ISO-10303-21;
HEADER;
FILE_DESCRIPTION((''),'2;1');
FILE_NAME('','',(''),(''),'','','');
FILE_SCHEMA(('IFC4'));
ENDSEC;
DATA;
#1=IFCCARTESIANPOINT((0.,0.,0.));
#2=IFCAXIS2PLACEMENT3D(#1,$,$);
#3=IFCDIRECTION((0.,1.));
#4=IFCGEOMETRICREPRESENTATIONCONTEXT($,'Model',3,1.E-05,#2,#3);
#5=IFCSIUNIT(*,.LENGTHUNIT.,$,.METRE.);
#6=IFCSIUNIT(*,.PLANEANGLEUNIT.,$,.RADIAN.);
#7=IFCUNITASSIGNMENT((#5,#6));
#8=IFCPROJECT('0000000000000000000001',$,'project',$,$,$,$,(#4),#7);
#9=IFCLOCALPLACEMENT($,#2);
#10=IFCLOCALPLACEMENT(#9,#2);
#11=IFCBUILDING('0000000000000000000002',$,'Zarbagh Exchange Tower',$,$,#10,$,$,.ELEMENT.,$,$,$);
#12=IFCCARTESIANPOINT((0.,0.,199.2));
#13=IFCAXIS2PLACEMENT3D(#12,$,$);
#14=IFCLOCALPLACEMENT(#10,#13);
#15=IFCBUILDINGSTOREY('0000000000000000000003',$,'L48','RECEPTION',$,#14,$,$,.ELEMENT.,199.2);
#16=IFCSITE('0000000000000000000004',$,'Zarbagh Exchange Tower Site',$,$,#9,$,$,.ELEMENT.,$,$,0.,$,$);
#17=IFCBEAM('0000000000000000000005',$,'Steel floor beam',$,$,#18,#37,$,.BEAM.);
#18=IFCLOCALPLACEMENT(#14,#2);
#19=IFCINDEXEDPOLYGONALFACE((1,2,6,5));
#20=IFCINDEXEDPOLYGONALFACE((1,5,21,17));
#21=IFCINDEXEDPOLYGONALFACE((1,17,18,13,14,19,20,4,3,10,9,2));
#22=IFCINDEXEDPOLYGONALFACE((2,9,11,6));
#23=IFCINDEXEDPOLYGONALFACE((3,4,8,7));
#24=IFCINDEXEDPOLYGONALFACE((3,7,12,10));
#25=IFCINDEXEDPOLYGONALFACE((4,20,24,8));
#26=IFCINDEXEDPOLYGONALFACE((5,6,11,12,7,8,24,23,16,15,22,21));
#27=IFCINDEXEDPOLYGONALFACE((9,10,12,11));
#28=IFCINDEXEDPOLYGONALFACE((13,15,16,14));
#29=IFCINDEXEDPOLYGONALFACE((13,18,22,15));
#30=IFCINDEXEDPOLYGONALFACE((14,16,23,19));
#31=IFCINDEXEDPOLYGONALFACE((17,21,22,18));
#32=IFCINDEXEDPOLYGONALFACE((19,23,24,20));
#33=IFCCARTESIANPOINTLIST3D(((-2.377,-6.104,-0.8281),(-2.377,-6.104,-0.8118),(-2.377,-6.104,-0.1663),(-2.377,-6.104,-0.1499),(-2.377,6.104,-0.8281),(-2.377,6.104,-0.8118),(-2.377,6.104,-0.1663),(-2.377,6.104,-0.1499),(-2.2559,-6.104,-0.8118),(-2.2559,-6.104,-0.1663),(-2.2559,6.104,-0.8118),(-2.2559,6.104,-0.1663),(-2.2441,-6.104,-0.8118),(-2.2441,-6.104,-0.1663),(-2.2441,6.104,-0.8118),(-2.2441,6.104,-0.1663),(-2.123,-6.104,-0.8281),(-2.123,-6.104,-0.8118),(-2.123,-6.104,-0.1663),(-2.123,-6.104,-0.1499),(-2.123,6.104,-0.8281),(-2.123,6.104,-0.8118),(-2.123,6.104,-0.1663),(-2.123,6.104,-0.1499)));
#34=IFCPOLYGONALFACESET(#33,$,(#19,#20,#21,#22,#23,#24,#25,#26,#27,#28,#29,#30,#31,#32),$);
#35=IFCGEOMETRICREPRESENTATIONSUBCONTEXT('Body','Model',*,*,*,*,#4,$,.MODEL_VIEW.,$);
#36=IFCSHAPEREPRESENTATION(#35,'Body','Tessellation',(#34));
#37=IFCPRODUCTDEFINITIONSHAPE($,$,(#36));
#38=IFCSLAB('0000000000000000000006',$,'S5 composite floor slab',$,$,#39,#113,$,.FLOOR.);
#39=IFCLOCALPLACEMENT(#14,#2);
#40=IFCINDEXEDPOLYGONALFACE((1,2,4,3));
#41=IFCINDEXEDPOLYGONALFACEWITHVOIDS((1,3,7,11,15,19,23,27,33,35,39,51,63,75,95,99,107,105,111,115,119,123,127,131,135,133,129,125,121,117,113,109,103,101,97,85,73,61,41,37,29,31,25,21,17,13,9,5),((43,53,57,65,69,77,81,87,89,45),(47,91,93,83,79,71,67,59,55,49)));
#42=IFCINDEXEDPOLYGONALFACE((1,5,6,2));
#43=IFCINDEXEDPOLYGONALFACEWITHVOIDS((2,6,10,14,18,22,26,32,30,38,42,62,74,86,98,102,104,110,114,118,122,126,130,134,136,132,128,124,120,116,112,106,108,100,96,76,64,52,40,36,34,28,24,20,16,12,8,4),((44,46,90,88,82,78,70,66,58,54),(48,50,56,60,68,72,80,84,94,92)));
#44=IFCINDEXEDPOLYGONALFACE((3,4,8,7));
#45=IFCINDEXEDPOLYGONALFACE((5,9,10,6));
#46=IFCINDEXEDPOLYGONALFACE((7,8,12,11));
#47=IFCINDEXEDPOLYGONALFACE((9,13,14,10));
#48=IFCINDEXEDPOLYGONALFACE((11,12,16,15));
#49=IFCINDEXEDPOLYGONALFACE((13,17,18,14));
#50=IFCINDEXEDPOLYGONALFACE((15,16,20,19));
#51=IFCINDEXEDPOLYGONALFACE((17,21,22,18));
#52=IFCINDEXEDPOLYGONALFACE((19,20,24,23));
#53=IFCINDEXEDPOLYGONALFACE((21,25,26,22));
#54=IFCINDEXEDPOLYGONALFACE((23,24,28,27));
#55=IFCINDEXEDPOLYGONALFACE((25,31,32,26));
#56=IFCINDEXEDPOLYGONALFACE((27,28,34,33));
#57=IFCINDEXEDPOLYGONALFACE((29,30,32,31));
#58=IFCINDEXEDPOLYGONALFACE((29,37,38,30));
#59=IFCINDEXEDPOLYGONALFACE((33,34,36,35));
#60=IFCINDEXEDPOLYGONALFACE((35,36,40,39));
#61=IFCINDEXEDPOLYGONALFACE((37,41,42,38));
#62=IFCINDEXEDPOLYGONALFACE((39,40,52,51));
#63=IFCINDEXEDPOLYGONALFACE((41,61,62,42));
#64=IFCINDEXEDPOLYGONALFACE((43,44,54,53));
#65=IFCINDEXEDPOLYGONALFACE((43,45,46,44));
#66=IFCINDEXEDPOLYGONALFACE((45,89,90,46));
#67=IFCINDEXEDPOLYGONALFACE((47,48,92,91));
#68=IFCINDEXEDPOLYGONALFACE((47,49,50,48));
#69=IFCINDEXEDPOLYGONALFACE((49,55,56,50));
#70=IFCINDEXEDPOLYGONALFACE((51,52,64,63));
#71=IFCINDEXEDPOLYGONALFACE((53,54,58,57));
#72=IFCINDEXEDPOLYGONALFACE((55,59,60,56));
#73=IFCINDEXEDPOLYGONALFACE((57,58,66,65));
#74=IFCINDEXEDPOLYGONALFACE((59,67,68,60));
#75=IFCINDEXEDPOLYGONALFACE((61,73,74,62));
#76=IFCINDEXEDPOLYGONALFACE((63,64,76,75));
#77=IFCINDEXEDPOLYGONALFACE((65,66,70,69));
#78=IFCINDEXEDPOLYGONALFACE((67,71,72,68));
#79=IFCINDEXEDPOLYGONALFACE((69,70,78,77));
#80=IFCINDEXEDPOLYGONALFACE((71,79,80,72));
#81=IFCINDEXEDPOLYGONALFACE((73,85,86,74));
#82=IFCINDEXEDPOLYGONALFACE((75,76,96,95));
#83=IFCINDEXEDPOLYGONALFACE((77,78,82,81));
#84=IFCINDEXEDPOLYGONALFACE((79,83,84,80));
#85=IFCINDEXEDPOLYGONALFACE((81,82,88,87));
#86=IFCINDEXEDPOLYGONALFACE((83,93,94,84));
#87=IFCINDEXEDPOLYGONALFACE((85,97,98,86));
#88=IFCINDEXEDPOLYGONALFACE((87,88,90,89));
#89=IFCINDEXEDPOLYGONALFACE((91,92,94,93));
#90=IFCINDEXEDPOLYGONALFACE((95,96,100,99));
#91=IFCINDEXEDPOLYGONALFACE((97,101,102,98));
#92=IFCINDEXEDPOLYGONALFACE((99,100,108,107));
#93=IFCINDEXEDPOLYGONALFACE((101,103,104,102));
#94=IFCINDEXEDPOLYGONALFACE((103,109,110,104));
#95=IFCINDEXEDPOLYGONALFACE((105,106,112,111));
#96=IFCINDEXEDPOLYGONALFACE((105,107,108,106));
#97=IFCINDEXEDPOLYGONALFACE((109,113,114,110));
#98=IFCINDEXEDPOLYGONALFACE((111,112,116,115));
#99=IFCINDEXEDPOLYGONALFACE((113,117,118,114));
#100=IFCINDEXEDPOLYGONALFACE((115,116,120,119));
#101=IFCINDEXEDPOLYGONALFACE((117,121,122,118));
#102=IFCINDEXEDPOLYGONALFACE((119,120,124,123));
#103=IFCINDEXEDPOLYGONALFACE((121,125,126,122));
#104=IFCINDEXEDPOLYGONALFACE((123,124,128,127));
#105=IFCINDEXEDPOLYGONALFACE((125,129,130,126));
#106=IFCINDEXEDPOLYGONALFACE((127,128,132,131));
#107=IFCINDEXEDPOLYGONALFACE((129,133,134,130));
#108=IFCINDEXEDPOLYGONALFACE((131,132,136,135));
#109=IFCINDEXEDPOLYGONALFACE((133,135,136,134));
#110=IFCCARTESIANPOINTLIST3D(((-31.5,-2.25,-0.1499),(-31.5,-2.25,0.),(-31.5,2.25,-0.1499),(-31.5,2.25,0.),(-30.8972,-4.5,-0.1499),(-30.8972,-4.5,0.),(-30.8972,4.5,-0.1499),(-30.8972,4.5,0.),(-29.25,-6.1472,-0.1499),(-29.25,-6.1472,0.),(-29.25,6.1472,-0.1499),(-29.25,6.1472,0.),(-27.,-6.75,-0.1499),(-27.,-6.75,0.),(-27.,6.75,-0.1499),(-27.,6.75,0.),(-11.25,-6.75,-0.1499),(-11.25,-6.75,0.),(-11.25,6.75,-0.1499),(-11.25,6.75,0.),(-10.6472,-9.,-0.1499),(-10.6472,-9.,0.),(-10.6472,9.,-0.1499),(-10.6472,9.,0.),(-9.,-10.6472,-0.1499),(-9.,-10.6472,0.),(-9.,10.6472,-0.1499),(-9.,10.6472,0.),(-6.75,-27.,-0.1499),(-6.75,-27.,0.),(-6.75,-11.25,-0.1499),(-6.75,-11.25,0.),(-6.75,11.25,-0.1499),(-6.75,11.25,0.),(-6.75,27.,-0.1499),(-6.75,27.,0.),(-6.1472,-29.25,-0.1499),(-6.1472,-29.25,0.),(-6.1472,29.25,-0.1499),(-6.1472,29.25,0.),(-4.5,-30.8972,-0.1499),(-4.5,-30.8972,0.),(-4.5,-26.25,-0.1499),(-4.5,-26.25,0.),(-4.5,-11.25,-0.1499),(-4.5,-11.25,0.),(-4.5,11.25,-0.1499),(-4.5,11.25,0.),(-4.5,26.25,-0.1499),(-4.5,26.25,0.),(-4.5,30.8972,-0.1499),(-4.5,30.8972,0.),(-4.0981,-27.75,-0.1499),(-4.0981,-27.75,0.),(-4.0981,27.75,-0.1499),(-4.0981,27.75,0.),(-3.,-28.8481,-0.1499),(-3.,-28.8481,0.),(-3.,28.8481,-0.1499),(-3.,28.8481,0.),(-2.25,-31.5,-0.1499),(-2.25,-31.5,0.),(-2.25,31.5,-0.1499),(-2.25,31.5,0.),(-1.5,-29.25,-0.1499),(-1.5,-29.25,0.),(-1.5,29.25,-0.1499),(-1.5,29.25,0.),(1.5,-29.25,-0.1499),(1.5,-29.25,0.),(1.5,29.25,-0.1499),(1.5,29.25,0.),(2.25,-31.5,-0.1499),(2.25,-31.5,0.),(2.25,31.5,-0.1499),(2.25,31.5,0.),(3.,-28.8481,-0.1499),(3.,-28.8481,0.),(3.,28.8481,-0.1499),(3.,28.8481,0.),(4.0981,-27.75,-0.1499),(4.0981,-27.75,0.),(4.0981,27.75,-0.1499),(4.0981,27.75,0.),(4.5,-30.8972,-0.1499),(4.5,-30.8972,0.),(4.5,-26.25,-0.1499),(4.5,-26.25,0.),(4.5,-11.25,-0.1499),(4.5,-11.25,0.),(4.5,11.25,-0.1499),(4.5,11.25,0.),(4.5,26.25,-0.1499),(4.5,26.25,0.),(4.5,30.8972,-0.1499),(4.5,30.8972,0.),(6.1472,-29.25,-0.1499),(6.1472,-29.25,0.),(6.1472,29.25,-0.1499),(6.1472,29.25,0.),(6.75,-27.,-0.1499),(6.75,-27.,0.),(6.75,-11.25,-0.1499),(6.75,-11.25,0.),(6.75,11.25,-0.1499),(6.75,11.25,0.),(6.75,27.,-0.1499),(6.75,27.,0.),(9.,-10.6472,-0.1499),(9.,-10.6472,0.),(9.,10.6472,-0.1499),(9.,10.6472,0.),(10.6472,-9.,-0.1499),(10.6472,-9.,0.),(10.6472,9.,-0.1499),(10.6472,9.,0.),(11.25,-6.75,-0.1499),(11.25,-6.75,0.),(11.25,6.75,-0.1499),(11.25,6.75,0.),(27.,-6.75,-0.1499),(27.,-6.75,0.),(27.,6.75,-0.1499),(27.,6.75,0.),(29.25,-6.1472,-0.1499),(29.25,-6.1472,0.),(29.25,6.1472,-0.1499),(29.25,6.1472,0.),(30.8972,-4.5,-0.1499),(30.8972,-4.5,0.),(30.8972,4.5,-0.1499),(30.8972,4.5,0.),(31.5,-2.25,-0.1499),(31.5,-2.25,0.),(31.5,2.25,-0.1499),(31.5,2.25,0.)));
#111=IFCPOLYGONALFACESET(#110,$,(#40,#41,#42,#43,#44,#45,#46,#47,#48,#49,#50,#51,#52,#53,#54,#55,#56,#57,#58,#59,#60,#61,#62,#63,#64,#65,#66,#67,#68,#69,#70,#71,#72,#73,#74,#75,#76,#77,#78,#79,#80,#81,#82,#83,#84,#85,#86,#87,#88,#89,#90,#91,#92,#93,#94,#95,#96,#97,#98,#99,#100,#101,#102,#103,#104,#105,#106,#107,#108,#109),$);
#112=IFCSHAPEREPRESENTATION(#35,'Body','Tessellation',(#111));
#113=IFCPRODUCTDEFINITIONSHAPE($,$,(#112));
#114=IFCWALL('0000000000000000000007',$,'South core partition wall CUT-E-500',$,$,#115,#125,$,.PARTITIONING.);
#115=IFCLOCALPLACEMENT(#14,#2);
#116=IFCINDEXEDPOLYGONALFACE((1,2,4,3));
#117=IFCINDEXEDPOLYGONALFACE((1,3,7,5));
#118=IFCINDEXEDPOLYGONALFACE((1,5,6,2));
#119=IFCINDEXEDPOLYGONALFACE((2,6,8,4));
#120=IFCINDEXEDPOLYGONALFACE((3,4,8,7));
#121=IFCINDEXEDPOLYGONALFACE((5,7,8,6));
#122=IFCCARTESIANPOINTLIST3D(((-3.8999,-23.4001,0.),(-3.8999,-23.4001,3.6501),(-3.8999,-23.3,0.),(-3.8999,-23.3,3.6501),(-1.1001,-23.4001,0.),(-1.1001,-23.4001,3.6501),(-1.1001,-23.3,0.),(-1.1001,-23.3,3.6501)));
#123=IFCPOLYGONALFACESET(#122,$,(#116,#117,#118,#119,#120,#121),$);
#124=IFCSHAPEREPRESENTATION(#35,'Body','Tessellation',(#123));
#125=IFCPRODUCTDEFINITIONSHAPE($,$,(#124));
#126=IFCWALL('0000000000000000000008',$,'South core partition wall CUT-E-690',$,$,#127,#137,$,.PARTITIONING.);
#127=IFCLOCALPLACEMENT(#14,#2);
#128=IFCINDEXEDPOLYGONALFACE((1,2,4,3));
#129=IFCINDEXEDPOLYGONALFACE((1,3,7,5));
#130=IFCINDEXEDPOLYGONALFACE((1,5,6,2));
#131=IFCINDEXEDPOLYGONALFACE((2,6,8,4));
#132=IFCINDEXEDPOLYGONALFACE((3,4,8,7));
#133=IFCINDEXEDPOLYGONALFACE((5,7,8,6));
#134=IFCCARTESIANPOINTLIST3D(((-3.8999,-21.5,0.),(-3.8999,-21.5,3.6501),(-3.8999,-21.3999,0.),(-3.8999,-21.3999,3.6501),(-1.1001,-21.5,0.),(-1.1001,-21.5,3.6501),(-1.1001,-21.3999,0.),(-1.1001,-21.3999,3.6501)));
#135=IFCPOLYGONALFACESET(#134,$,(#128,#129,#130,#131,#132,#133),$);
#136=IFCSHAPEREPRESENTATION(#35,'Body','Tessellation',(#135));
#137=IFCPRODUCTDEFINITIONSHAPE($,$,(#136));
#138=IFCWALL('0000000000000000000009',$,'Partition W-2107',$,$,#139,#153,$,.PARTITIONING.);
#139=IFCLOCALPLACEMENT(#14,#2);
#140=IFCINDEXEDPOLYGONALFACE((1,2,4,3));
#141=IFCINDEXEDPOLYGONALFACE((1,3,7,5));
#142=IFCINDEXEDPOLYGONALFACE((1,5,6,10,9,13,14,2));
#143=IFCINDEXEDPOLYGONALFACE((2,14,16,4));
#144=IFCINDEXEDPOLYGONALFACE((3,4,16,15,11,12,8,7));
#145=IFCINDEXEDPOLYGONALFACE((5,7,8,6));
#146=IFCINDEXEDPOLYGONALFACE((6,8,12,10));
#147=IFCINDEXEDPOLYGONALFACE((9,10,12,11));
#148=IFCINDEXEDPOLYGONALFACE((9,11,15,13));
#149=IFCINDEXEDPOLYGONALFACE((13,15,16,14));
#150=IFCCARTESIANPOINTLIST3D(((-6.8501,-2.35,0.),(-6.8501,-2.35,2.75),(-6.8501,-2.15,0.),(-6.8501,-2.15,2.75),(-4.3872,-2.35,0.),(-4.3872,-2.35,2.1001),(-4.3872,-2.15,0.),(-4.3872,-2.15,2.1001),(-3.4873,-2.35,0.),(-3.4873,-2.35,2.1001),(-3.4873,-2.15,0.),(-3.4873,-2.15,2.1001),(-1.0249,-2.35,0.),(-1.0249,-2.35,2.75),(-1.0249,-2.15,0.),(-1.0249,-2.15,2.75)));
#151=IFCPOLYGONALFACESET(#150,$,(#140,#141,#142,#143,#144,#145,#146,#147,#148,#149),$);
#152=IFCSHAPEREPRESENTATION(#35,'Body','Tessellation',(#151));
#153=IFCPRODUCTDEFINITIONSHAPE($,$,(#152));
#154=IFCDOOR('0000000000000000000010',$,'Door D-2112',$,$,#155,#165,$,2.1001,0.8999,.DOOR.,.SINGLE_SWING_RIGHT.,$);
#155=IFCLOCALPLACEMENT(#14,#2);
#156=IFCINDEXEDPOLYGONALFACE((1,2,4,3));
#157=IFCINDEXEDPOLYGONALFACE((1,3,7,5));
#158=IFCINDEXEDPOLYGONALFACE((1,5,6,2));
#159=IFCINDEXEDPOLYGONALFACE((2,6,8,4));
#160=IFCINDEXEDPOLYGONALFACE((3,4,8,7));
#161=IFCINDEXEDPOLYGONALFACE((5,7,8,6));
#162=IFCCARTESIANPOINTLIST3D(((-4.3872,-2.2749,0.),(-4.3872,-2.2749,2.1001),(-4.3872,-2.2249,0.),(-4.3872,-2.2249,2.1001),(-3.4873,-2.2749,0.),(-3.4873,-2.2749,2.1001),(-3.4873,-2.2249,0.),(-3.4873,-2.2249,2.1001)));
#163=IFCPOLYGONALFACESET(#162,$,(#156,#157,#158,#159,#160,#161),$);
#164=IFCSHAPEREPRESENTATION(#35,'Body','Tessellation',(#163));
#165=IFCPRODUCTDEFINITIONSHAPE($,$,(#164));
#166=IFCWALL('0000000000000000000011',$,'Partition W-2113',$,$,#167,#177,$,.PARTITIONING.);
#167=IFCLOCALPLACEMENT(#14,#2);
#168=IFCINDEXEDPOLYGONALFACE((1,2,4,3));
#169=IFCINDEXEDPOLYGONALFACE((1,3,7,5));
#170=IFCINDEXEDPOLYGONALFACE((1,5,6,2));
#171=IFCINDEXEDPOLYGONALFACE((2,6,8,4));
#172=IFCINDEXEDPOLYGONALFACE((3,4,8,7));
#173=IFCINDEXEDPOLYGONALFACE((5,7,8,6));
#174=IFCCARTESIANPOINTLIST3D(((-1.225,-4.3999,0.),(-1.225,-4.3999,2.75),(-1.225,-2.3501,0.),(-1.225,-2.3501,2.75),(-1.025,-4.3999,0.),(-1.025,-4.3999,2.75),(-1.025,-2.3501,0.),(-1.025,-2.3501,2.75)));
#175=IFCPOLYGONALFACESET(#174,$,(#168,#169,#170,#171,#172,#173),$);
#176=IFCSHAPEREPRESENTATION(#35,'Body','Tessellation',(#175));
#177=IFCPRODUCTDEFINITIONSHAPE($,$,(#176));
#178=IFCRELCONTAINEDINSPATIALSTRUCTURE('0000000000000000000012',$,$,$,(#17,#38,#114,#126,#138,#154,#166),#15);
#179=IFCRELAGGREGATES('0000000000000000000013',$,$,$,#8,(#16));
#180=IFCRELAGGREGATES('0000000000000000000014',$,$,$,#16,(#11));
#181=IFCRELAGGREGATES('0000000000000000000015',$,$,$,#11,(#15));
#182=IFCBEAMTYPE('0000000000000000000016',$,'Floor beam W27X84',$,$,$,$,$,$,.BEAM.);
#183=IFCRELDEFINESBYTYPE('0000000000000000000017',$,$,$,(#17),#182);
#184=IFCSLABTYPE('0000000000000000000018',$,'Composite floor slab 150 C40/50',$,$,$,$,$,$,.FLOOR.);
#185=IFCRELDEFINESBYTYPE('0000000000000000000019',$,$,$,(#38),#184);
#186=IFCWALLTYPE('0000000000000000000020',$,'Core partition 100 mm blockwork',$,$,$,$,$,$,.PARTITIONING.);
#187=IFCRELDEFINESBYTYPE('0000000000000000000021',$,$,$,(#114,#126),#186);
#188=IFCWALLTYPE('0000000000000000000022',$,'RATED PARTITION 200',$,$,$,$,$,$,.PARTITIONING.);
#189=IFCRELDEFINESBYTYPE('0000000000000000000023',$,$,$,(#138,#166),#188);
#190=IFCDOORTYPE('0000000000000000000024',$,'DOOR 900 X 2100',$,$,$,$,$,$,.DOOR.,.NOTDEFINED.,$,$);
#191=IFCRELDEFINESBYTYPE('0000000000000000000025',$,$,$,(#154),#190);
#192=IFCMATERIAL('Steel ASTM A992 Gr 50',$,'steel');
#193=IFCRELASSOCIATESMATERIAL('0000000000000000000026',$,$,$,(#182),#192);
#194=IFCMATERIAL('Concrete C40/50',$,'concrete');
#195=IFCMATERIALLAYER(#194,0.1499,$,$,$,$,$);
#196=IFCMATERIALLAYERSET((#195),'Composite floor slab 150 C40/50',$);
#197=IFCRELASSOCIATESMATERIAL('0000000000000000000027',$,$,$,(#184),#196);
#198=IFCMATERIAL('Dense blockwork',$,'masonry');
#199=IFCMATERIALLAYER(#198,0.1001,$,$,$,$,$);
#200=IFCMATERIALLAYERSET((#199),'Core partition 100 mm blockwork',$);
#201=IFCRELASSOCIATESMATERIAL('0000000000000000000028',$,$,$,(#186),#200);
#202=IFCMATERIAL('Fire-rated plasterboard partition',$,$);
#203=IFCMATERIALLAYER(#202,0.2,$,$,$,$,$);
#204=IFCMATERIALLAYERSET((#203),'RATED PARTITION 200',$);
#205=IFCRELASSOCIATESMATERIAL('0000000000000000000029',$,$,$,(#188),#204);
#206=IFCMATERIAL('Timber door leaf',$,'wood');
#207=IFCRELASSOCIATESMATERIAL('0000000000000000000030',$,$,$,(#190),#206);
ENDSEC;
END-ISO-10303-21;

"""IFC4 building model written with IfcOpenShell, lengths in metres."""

from ifc_helpers import new_model, si_unit, direction, frame, frame_2d, origin, origin_2d, place, context, subcontext, project, spatial, polyline, rectangle, i_section, outline, extrude, material, layer, layer_set, material_profile, profile_set, type_object, element, fill, save


model = new_model("IFC4")

# Units and contexts
model_context = context("Model", 3, precision=1e-05, world=origin(), true_north=direction((0.0, 1.0)))
body_context = subcontext(model_context, "Body", "Model", "MODEL_VIEW")
ifc_project = project(units=[si_unit("LENGTHUNIT", "METRE"), si_unit("PLANEANGLEUNIT", "RADIAN")], contexts=[model_context])

# Site, building, storey
site_placement = place(None, origin())
site = spatial("IfcSite", under=ifc_project, at=site_placement, Name="Zarbagh Exchange Tower Site", CompositionType="ELEMENT", RefElevation=0.0)
building_placement = place(site_placement, origin())
building = spatial("IfcBuilding", under=site, at=building_placement, Name="Zarbagh Exchange Tower", CompositionType="ELEMENT")
storey_placement = place(building_placement, frame((0.0, 0.0, 199.2)))
storey = spatial("IfcBuildingStorey", under=building, at=storey_placement, Name="L48", Description="RECEPTION", CompositionType="ELEMENT", Elevation=199.2)

# Beam
ifc_material_1 = material(Name="Steel ASTM A992 Gr 50", Category="steel")
ifc_material_profile = material_profile(ifc_material_1, i_section(OverallWidth=0.2539, OverallDepth=0.6782, WebThickness=0.0117, FlangeThickness=0.0164, at=origin_2d()), Name="W27X84")
ifc_profile_set = profile_set([ifc_material_profile], Name="Steel ASTM A992 Gr 50")
beam_type = type_object("IfcBeamType", Name="Floor beam W27X84", PredefinedType="BEAM", material=ifc_profile_set)
beam_placement = place(storey_placement, frame((-2.25, -6.104, -0.489), z_axis=(0.0, 1.0, 0.0), x_axis=(-1.0, 0.0, 0.0)))
element("IfcBeam", 1, at=beam_placement, inside=storey, type_object=beam_type, Name="Steel floor beam", PredefinedType="BEAM", context=body_context, shape_type="SweptSolid", body=[
    extrude(i_section(OverallWidth=0.2539, OverallDepth=0.6782, WebThickness=0.0117, FlangeThickness=0.0164, at=origin_2d()), origin(), (0.0, 0.0, 1.0), 12.208),
])

# Slab
ifc_material_2 = material(Name="Concrete C40/50", Category="concrete")
ifc_layer_1 = layer(ifc_material_2, 0.1499)
ifc_layer_set_1 = layer_set([ifc_layer_1], Name="Composite floor slab 150 C40/50")
slab_type = type_object("IfcSlabType", Name="Composite floor slab 150 C40/50", PredefinedType="FLOOR", material=ifc_layer_set_1)
slab_placement = place(storey_placement, frame((0.0, 0.0, -0.1499)))
element("IfcSlab", 2, at=slab_placement, inside=storey, type_object=slab_type, Name="S5 composite floor slab", PredefinedType="FLOOR", context=body_context, shape_type="SweptSolid", body=[
    extrude(outline(polyline([(-2.25, -31.5), (-4.5, -30.8972), (-6.1472, -29.25), (-6.75, -27.0), (-6.75, -11.25), (-9.0, -10.6472), (-10.6472, -9.0), (-11.25, -6.75), (-27.0, -6.75), (-29.25, -6.1472), (-30.8972, -4.5), (-31.5, -2.25), (-31.5, 2.25), (-30.8972, 4.5), (-29.25, 6.1472), (-27.0, 6.75), (-11.25, 6.75), (-10.6472, 9.0), (-9.0, 10.6472), (-6.75, 11.25), (-6.75, 27.0), (-6.1472, 29.25), (-4.5, 30.8972), (-2.25, 31.5), (2.25, 31.5), (4.5, 30.8972), (6.1472, 29.25), (6.75, 27.0), (6.75, 11.25), (9.0, 10.6472), (10.6472, 9.0), (11.25, 6.75), (27.0, 6.75), (29.25, 6.1472), (30.8972, 4.5), (31.5, 2.25), (31.5, -2.25), (30.8972, -4.5), (29.25, -6.1472), (27.0, -6.75), (11.25, -6.75), (10.6472, -9.0), (9.0, -10.6472), (6.75, -11.25), (6.75, -27.0), (6.1472, -29.25), (4.5, -30.8972), (2.25, -31.5), (-2.25, -31.5)]), holes=[polyline([(4.5, 11.25), (4.5, 26.25), (4.0981, 27.75), (3.0, 28.8481), (1.5, 29.25), (-1.5, 29.25), (-3.0, 28.8481), (-4.0981, 27.75), (-4.5, 26.25), (-4.5, 11.25), (4.5, 11.25)]), polyline([(-1.5, -29.25), (1.5, -29.25), (3.0, -28.8481), (4.0981, -27.75), (4.5, -26.25), (4.5, -11.25), (-4.5, -11.25), (-4.5, -26.25), (-4.0981, -27.75), (-3.0, -28.8481), (-1.5, -29.25)])]), origin(), (0.0, 0.0, 1.0), 0.1499),
])

# Walls
ifc_material_3 = material(Name="Dense blockwork", Category="masonry")
ifc_layer_2 = layer(ifc_material_3, 0.1001)
ifc_layer_set_2 = layer_set([ifc_layer_2], Name="Core partition 100 mm blockwork")
wall_type_1 = type_object("IfcWallType", Name="Core partition 100 mm blockwork", PredefinedType="PARTITIONING", material=ifc_layer_set_2)
for number, where, z_axis, x_axis, name in (
    (3, (-1.1001, -23.3501, 0.0), (0.0, 0.0, 1.0), (-1.0, 0.0, 0.0), "South core partition wall CUT-E-500"),
    (4, (-1.1001, -21.45, 0.0), (0.0, 0.0, 1.0), (-1.0, 0.0, 0.0), "South core partition wall CUT-E-690"),
):
    element("IfcWall", number, at=place(storey_placement, frame(where, z_axis=z_axis, x_axis=x_axis)), inside=storey, type_object=wall_type_1, Name=name, PredefinedType="PARTITIONING", context=body_context, shape_type="SweptSolid", body=[
        extrude(rectangle(XDim=2.7998, YDim=0.1001, at=frame_2d((1.3999, 0.0))), origin(), (0.0, 0.0, 1.0), 3.6501),
    ])

# Wall, opening, door
ifc_material_4 = material(Name="Fire-rated plasterboard partition")
ifc_layer_3 = layer(ifc_material_4, 0.2)
ifc_layer_set_3 = layer_set([ifc_layer_3], Name="RATED PARTITION 200")
wall_type_2 = type_object("IfcWallType", Name="RATED PARTITION 200", PredefinedType="PARTITIONING", material=ifc_layer_set_3)
wall_1_placement = place(storey_placement, frame((-1.0249, -2.25, 0.0), z_axis=(0.0, 0.0, 1.0), x_axis=(-1.0, 0.0, 0.0)))
wall_1 = element("IfcWall", 5, at=wall_1_placement, inside=storey, type_object=wall_type_2, Name="Partition W-2107", PredefinedType="PARTITIONING", context=body_context, shape_type="SweptSolid", body=[
    extrude(rectangle(XDim=5.8252, YDim=0.2, at=frame_2d((2.9126, 0.0))), origin(), (0.0, 0.0, 1.0), 2.75),
])
opening_1_placement = place(wall_1_placement, frame((2.4624, 0.0, 0.0)))
opening_1 = element("IfcOpeningElement", 6, at=opening_1_placement, cuts=wall_1, PredefinedType="OPENING", context=body_context, shape_type="SweptSolid", body=[
    extrude(rectangle(XDim=0.8999, YDim=2.1001, at=frame_2d((0.45, 1.05))), frame((0.0, 0.1099, 0.0), z_axis=(0.0, -1.0, 0.0), x_axis=(1.0, 0.0, 0.0)), (0.0, 0.0, 1.0), 0.22),
])
ifc_material_5 = material(Name="Timber door leaf", Category="wood")
door_type_1 = type_object("IfcDoorType", Name="DOOR 900 X 2100", OperationType="NOTDEFINED", PredefinedType="DOOR", material=ifc_material_5)
door_1_placement = place(opening_1_placement, origin())
door_1 = element("IfcDoor", 7, at=door_1_placement, inside=storey, type_object=door_type_1, Name="Door D-2112", OperationType="SINGLE_SWING_RIGHT", OverallHeight=2.1001, OverallWidth=0.8999, PredefinedType="DOOR", context=body_context, shape_type="SweptSolid", body=[
    extrude(rectangle(XDim=0.8999, YDim=2.1001, at=frame_2d((0.45, 1.05))), frame((0.0, 0.0249, 0.0), z_axis=(0.0, -1.0, 0.0), x_axis=(1.0, 0.0, 0.0)), (0.0, 0.0, 1.0), 0.05),
])
fill(opening_1, door_1)

# Wall
wall_2_placement = place(storey_placement, frame((-1.125, -4.3999, 0.0), z_axis=(0.0, 0.0, 1.0), x_axis=(0.0, 1.0, 0.0)))
element("IfcWall", 8, at=wall_2_placement, inside=storey, type_object=wall_type_2, Name="Partition W-2113", PredefinedType="PARTITIONING", context=body_context, shape_type="SweptSolid", body=[
    extrude(rectangle(XDim=2.0498, YDim=0.2, at=frame_2d((1.0249, 0.0))), origin(), (0.0, 0.0, 1.0), 2.75),
])

save(model, "model.ifc")
